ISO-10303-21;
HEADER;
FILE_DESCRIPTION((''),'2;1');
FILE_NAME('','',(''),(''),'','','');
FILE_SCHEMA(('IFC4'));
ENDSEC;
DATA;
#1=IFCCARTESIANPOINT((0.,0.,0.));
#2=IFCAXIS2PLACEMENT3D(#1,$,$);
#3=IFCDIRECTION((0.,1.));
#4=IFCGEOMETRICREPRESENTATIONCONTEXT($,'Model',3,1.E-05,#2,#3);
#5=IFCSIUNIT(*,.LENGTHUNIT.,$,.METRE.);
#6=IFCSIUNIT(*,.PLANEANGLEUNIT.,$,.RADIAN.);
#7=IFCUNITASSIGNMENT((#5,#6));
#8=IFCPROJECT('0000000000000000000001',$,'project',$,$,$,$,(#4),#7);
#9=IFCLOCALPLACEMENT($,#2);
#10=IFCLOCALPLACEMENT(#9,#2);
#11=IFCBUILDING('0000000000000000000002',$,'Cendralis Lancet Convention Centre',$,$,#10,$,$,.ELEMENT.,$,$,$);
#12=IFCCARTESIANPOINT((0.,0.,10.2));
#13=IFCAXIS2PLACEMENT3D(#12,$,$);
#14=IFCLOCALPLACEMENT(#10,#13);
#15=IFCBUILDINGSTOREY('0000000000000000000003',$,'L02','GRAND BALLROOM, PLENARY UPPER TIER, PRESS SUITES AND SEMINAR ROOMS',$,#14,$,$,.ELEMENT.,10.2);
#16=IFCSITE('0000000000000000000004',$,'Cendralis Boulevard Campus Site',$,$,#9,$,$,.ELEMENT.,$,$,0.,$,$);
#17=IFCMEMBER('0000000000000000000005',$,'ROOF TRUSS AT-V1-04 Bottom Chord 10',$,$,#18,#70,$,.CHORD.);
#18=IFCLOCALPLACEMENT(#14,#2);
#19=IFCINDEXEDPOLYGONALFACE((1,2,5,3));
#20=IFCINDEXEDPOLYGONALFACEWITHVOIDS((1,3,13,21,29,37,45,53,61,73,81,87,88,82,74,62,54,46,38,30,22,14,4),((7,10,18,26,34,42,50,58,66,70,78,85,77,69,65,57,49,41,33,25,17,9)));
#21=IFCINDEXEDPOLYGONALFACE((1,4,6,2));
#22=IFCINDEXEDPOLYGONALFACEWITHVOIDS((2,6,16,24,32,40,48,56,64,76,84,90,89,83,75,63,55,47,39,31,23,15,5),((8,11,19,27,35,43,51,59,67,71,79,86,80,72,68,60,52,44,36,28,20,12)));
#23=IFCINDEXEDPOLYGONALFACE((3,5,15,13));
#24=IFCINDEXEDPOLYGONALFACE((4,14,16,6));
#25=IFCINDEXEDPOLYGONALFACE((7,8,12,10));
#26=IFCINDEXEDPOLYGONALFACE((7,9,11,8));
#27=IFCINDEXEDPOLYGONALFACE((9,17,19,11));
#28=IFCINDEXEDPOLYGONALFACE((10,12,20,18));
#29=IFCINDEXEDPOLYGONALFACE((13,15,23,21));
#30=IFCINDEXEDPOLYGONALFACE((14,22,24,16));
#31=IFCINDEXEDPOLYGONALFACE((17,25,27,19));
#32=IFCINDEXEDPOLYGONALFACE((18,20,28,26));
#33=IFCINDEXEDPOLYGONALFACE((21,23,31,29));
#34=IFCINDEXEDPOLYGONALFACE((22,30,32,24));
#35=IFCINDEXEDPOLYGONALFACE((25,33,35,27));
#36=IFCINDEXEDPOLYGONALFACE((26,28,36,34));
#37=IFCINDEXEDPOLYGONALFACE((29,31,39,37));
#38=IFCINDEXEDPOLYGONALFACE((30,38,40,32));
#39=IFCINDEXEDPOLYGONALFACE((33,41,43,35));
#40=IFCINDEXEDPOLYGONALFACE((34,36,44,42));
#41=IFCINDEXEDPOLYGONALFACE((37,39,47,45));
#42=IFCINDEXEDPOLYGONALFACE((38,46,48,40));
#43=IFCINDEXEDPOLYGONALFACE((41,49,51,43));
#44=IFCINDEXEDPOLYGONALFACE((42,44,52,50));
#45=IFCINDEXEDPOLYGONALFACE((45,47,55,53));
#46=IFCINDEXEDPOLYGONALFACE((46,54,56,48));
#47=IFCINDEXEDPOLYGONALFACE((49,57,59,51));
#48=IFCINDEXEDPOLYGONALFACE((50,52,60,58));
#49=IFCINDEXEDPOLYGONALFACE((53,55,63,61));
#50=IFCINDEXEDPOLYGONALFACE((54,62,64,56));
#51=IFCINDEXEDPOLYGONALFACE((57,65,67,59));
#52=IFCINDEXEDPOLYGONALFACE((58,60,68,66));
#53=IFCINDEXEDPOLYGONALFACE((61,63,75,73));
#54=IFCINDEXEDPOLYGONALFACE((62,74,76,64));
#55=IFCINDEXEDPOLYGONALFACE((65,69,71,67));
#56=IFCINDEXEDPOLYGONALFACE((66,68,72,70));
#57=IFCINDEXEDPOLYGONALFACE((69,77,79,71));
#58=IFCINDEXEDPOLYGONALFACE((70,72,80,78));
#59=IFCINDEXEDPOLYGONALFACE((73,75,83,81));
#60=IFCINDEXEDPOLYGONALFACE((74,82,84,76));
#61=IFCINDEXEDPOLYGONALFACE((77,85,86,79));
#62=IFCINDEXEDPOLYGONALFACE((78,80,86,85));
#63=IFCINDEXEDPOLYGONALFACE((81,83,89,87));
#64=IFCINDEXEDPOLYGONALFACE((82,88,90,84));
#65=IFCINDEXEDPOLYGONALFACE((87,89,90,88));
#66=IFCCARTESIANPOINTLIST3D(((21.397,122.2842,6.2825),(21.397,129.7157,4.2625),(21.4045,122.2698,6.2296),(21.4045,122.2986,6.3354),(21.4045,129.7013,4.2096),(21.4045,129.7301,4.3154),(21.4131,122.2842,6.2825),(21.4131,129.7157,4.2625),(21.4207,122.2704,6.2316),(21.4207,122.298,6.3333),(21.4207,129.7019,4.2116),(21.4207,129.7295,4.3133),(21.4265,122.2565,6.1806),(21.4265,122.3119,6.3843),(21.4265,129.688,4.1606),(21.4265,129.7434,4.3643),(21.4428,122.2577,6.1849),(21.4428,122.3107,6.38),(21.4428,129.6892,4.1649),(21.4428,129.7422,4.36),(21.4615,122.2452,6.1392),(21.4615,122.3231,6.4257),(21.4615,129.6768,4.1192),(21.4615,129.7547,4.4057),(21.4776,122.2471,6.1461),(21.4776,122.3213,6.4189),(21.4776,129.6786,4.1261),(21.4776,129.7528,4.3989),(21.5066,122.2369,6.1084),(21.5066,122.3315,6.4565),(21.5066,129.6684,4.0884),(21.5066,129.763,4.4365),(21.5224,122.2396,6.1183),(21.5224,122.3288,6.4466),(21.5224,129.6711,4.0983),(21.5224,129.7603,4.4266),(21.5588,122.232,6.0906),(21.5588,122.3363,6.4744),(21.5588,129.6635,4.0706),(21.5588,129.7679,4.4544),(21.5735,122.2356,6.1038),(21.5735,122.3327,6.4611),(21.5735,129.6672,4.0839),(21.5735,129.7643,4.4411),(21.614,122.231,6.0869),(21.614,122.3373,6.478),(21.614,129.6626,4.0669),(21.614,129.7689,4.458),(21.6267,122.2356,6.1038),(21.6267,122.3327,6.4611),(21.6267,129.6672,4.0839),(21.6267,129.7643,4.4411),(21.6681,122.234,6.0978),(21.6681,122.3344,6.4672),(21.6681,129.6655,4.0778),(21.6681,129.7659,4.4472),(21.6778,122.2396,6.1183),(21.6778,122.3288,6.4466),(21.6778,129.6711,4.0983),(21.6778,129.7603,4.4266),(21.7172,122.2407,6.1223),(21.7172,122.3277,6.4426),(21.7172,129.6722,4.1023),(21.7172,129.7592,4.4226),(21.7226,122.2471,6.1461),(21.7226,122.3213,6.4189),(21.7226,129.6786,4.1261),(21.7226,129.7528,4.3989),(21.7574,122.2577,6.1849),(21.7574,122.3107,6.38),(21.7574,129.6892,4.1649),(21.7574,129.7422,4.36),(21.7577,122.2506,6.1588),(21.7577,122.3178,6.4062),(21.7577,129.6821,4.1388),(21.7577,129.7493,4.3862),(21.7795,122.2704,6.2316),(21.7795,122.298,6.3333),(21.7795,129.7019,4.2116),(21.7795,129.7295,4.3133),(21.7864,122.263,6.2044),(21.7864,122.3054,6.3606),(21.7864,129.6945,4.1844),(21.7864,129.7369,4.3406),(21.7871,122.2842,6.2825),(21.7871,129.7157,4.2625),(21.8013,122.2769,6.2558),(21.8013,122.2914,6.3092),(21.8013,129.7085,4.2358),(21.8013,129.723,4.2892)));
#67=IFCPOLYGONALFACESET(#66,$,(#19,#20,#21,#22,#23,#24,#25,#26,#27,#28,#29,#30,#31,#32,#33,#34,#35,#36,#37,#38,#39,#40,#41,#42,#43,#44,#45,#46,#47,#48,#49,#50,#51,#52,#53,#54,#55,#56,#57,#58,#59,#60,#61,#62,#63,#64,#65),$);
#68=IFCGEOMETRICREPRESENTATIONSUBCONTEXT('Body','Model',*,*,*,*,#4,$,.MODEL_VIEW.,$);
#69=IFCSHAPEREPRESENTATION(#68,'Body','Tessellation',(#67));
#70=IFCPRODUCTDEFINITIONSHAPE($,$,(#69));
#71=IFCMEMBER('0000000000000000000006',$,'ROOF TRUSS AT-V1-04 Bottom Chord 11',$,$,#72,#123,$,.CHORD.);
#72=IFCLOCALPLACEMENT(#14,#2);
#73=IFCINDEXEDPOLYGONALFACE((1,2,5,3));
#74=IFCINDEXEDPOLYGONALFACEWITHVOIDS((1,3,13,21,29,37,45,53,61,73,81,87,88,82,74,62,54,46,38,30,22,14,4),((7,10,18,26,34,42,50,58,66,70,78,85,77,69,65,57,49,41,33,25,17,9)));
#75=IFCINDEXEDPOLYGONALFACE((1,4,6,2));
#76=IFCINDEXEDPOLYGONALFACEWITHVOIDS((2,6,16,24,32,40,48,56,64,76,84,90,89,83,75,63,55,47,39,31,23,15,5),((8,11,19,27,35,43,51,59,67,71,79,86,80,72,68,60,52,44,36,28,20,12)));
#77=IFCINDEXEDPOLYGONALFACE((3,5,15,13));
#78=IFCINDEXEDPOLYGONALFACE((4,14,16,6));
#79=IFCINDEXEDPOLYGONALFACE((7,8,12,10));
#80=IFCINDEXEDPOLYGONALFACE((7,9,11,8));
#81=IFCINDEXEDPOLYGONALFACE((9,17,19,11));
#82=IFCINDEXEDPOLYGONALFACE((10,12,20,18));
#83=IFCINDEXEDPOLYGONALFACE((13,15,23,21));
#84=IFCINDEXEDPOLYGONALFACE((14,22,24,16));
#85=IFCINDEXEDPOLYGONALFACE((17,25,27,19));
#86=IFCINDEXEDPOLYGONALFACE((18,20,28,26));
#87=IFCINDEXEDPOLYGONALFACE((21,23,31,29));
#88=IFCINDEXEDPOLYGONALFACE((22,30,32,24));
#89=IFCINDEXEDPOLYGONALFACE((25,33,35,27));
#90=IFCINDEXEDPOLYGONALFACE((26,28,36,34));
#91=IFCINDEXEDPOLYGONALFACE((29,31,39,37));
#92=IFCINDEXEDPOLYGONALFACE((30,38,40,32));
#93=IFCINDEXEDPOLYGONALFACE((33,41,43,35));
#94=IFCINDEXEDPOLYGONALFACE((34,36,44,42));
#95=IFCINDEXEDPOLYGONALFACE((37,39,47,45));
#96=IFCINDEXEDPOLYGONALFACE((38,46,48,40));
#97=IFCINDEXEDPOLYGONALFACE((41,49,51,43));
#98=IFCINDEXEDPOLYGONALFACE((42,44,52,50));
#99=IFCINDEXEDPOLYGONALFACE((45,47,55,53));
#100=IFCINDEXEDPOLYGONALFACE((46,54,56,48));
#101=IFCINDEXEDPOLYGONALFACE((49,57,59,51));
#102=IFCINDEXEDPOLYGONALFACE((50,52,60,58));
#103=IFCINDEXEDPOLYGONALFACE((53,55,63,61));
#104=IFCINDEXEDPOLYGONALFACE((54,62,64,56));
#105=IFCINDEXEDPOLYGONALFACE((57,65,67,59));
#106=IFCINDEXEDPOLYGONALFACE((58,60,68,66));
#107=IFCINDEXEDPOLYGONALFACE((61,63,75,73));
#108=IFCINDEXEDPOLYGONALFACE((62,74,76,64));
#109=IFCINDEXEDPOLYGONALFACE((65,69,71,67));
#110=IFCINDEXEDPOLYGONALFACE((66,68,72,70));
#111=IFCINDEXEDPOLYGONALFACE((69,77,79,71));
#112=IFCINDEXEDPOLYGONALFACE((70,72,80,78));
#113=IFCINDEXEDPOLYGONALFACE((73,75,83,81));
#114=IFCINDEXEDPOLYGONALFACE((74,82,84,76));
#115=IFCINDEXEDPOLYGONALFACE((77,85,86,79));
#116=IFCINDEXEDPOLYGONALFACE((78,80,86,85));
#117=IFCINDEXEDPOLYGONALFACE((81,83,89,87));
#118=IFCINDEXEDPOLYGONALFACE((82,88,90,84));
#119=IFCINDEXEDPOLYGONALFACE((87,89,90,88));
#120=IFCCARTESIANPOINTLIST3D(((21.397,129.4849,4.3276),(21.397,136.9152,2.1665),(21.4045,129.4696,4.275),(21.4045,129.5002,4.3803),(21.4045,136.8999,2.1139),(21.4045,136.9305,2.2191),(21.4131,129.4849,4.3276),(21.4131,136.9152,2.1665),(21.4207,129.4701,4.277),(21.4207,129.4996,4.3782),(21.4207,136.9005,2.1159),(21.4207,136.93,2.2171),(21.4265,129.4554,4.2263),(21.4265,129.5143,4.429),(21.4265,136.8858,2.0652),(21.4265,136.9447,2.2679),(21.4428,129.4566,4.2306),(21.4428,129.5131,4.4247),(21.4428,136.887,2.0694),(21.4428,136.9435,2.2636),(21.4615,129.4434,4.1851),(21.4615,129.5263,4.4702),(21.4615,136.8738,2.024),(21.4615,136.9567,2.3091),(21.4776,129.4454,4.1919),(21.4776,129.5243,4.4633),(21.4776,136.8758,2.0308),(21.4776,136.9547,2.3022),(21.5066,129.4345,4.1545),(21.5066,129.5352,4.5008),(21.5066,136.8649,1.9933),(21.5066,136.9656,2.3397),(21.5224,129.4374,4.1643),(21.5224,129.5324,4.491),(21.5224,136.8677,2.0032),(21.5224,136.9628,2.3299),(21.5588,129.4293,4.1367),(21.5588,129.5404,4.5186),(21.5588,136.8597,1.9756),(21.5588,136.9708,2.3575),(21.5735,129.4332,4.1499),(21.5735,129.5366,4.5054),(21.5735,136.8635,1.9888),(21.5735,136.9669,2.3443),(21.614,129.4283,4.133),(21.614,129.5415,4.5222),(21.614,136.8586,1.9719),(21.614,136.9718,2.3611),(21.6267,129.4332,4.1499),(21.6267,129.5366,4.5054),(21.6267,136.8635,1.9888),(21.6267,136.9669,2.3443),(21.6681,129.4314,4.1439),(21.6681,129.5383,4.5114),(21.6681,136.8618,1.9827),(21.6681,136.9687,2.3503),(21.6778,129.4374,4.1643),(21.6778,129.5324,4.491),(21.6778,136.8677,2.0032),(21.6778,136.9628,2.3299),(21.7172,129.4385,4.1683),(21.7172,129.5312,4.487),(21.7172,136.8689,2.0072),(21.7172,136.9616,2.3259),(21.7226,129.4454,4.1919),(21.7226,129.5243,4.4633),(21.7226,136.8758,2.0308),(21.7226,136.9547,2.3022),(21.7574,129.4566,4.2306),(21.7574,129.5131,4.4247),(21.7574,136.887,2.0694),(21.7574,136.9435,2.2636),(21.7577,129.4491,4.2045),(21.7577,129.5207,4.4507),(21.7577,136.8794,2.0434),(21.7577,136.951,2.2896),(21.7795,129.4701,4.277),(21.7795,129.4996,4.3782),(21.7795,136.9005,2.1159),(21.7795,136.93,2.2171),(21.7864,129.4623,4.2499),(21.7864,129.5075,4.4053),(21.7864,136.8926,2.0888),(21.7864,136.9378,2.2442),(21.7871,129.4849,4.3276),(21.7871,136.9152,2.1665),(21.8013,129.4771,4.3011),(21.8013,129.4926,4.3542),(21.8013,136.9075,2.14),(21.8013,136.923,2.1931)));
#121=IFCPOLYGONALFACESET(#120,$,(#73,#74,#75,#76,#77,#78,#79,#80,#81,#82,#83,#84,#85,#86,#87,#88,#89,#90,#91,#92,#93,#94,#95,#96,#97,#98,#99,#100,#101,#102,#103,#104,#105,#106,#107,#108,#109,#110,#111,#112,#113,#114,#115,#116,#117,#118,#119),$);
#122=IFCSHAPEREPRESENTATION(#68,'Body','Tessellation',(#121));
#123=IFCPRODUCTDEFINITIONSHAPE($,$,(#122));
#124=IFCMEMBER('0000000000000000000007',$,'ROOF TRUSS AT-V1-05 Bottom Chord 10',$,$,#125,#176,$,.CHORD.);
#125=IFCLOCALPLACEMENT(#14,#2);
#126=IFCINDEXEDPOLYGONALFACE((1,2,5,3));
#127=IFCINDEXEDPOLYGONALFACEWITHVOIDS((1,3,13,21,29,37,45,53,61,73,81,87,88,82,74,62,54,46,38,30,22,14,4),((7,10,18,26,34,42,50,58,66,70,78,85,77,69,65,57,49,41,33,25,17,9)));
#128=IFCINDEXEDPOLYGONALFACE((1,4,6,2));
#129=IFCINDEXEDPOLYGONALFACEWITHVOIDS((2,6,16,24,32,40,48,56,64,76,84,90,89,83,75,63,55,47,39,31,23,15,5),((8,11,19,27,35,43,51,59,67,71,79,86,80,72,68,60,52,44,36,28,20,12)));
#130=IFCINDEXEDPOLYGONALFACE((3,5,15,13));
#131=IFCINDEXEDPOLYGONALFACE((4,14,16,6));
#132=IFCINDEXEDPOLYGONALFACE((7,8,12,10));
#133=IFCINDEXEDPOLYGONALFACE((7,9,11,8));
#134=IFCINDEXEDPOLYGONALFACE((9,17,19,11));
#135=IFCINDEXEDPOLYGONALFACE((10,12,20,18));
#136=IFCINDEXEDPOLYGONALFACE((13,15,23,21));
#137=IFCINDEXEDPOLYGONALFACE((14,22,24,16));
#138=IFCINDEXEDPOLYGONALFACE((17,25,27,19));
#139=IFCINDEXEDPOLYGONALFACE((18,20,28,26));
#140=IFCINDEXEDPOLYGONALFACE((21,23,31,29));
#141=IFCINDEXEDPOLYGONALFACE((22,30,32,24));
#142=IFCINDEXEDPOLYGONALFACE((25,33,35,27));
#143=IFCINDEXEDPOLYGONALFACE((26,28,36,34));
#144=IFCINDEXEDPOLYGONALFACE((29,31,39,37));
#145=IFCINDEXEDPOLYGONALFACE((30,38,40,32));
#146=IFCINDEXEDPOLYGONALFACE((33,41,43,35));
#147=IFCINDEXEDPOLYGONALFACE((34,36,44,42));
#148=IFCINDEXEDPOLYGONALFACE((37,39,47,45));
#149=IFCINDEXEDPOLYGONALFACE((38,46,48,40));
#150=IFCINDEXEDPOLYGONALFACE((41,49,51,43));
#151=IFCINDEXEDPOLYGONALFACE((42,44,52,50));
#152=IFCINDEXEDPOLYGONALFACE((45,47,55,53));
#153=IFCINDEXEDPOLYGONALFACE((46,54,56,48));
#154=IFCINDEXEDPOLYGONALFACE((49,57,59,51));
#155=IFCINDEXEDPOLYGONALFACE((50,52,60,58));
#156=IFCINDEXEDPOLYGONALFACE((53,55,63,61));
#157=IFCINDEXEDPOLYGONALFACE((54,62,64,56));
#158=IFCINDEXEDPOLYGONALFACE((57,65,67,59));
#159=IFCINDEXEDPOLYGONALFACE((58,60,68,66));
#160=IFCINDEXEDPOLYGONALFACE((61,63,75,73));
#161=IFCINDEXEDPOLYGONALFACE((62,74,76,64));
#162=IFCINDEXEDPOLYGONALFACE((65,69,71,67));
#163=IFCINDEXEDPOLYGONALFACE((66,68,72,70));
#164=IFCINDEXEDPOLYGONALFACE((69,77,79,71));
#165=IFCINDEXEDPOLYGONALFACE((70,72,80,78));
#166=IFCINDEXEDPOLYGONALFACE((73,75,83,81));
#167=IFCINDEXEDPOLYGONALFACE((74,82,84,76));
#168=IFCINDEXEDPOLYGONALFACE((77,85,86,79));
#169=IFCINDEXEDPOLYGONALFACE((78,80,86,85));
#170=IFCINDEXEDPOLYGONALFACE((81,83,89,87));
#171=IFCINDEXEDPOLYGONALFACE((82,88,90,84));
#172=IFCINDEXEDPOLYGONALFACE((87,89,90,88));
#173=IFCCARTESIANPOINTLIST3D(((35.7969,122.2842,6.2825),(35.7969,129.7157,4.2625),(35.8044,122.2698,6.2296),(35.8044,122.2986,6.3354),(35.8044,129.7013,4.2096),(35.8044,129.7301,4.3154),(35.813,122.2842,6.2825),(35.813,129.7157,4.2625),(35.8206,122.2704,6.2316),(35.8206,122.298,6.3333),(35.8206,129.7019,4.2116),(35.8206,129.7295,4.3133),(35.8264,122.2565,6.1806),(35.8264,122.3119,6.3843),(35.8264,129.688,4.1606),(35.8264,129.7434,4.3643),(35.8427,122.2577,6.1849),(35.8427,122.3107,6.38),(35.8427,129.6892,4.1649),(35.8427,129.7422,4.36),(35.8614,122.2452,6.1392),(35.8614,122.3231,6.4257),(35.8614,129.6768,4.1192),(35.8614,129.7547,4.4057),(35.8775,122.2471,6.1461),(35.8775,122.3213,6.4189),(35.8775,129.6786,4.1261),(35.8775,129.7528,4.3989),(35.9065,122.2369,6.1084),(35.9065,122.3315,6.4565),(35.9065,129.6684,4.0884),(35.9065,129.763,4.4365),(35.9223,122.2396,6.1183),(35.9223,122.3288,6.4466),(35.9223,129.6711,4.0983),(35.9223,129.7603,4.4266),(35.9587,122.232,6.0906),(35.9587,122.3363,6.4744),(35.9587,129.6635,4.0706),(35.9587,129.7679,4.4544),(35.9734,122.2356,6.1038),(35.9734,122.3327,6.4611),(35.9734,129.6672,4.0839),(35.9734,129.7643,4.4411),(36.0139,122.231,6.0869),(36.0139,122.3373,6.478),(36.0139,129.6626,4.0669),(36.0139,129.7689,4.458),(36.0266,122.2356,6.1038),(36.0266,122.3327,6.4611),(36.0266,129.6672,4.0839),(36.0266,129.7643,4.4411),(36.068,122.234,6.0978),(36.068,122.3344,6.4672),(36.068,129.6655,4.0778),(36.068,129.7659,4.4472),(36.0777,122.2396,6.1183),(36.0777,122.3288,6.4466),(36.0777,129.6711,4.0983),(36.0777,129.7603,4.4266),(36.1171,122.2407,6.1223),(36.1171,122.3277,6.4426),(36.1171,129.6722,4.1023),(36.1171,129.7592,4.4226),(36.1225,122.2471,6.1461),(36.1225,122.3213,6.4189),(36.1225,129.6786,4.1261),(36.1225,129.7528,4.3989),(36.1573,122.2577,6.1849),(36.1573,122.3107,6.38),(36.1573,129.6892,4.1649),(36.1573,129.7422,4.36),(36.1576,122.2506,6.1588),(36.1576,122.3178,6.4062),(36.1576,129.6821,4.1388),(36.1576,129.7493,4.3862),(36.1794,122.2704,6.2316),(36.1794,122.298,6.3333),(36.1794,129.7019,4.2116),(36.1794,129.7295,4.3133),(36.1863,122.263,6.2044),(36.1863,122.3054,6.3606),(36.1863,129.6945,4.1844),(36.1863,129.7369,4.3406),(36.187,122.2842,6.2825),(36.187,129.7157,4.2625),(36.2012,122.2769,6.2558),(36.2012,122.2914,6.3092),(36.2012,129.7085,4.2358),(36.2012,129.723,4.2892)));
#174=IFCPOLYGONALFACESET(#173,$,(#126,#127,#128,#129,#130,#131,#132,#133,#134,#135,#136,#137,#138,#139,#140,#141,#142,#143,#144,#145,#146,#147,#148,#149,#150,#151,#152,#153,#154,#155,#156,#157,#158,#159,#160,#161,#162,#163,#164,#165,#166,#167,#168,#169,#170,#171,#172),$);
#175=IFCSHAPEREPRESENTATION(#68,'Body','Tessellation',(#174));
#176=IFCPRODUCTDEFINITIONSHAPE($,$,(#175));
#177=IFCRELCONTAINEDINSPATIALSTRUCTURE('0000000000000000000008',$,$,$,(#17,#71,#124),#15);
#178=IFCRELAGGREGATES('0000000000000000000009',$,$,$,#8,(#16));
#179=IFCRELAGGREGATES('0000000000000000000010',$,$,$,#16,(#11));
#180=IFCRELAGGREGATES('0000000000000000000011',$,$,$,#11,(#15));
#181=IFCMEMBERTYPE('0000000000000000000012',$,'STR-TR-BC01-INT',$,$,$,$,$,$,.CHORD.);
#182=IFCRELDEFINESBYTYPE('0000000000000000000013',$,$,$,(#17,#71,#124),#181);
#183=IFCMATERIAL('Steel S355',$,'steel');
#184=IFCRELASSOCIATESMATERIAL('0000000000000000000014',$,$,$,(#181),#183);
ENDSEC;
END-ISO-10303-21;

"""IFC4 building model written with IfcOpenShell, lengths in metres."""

from ifc_helpers import new_model, si_unit, direction, frame, origin, origin_2d, place, context, subcontext, project, spatial, hollow_circle, extrude, material, material_profile, profile_set, type_object, element, save


model = new_model("IFC4")

# Units and contexts
model_context = context("Model", 3, precision=1e-05, world=origin(), true_north=direction((0.0, 1.0)))
body_context = subcontext(model_context, "Body", "Model", "MODEL_VIEW")
ifc_project = project(units=[si_unit("LENGTHUNIT", "METRE"), si_unit("PLANEANGLEUNIT", "RADIAN")], contexts=[model_context])

# Site, building, storey
site_placement = place(None, origin())
site = spatial("IfcSite", under=ifc_project, at=site_placement, Name="Cendralis Boulevard Campus Site", CompositionType="ELEMENT", RefElevation=0.0)
building_placement = place(site_placement, origin())
building = spatial("IfcBuilding", under=site, at=building_placement, Name="Cendralis Lancet Convention Centre", CompositionType="ELEMENT")
storey_placement = place(building_placement, frame((0.0, 0.0, 10.2)))
storey = spatial("IfcBuildingStorey", under=building, at=storey_placement, Name="L02", Description="GRAND BALLROOM, PLENARY UPPER TIER, PRESS SUITES AND SEMINAR ROOMS", CompositionType="ELEMENT", Elevation=10.2)

# Members
ifc_material_1 = material(Name="Steel S355", Category="steel")
ifc_material_profile_1 = material_profile(ifc_material_1, hollow_circle(Radius=0.2031, WallThickness=0.0161, at=origin_2d()), Name="CHS 406.4x16.0")
ifc_profile_set_1 = profile_set([ifc_material_profile_1], Name="Steel S355")
member_type_1 = type_object("IfcMemberType", Name="STR-TR-BC01-INT", PredefinedType="CHORD", material=ifc_profile_set_1)
member_1_placement = place(storey_placement, frame((21.6001, 122.2842, 6.2825), z_axis=(0.0, 0.964987, -0.262296), x_axis=(-1.0, 0.0, 0.0)))
element("IfcMember", 1, at=member_1_placement, inside=storey, type_object=member_type_1, Name="ROOF TRUSS AT-V1-04 Bottom Chord 10", PredefinedType="CHORD", context=body_context, shape_type="SweptSolid", body=[
    extrude(hollow_circle(Radius=0.2031, WallThickness=0.0161, at=origin_2d()), origin(), (0.0, 0.0, 1.0), 7.7012),
])
member_2_placement = place(storey_placement, frame((21.6001, 129.4849, 4.3276), z_axis=(0.0, 0.960211, -0.279277), x_axis=(-1.0, 0.0, 0.0)))
element("IfcMember", 2, at=member_2_placement, inside=storey, type_object=member_type_1, Name="ROOF TRUSS AT-V1-04 Bottom Chord 11", PredefinedType="CHORD", context=body_context, shape_type="SweptSolid", body=[
    extrude(hollow_circle(Radius=0.2031, WallThickness=0.0161, at=origin_2d()), origin(), (0.0, 0.0, 1.0), 7.7383),
])
member_3_placement = place(storey_placement, frame((36.0, 122.2842, 6.2825), z_axis=(0.0, 0.964987, -0.262296), x_axis=(-1.0, 0.0, 0.0)))
element("IfcMember", 3, at=member_3_placement, inside=storey, type_object=member_type_1, Name="ROOF TRUSS AT-V1-05 Bottom Chord 10", PredefinedType="CHORD", context=body_context, shape_type="SweptSolid", body=[
    extrude(hollow_circle(Radius=0.2031, WallThickness=0.0161, at=origin_2d()), origin(), (0.0, 0.0, 1.0), 7.7012),
])

save(model, "model.ifc")
